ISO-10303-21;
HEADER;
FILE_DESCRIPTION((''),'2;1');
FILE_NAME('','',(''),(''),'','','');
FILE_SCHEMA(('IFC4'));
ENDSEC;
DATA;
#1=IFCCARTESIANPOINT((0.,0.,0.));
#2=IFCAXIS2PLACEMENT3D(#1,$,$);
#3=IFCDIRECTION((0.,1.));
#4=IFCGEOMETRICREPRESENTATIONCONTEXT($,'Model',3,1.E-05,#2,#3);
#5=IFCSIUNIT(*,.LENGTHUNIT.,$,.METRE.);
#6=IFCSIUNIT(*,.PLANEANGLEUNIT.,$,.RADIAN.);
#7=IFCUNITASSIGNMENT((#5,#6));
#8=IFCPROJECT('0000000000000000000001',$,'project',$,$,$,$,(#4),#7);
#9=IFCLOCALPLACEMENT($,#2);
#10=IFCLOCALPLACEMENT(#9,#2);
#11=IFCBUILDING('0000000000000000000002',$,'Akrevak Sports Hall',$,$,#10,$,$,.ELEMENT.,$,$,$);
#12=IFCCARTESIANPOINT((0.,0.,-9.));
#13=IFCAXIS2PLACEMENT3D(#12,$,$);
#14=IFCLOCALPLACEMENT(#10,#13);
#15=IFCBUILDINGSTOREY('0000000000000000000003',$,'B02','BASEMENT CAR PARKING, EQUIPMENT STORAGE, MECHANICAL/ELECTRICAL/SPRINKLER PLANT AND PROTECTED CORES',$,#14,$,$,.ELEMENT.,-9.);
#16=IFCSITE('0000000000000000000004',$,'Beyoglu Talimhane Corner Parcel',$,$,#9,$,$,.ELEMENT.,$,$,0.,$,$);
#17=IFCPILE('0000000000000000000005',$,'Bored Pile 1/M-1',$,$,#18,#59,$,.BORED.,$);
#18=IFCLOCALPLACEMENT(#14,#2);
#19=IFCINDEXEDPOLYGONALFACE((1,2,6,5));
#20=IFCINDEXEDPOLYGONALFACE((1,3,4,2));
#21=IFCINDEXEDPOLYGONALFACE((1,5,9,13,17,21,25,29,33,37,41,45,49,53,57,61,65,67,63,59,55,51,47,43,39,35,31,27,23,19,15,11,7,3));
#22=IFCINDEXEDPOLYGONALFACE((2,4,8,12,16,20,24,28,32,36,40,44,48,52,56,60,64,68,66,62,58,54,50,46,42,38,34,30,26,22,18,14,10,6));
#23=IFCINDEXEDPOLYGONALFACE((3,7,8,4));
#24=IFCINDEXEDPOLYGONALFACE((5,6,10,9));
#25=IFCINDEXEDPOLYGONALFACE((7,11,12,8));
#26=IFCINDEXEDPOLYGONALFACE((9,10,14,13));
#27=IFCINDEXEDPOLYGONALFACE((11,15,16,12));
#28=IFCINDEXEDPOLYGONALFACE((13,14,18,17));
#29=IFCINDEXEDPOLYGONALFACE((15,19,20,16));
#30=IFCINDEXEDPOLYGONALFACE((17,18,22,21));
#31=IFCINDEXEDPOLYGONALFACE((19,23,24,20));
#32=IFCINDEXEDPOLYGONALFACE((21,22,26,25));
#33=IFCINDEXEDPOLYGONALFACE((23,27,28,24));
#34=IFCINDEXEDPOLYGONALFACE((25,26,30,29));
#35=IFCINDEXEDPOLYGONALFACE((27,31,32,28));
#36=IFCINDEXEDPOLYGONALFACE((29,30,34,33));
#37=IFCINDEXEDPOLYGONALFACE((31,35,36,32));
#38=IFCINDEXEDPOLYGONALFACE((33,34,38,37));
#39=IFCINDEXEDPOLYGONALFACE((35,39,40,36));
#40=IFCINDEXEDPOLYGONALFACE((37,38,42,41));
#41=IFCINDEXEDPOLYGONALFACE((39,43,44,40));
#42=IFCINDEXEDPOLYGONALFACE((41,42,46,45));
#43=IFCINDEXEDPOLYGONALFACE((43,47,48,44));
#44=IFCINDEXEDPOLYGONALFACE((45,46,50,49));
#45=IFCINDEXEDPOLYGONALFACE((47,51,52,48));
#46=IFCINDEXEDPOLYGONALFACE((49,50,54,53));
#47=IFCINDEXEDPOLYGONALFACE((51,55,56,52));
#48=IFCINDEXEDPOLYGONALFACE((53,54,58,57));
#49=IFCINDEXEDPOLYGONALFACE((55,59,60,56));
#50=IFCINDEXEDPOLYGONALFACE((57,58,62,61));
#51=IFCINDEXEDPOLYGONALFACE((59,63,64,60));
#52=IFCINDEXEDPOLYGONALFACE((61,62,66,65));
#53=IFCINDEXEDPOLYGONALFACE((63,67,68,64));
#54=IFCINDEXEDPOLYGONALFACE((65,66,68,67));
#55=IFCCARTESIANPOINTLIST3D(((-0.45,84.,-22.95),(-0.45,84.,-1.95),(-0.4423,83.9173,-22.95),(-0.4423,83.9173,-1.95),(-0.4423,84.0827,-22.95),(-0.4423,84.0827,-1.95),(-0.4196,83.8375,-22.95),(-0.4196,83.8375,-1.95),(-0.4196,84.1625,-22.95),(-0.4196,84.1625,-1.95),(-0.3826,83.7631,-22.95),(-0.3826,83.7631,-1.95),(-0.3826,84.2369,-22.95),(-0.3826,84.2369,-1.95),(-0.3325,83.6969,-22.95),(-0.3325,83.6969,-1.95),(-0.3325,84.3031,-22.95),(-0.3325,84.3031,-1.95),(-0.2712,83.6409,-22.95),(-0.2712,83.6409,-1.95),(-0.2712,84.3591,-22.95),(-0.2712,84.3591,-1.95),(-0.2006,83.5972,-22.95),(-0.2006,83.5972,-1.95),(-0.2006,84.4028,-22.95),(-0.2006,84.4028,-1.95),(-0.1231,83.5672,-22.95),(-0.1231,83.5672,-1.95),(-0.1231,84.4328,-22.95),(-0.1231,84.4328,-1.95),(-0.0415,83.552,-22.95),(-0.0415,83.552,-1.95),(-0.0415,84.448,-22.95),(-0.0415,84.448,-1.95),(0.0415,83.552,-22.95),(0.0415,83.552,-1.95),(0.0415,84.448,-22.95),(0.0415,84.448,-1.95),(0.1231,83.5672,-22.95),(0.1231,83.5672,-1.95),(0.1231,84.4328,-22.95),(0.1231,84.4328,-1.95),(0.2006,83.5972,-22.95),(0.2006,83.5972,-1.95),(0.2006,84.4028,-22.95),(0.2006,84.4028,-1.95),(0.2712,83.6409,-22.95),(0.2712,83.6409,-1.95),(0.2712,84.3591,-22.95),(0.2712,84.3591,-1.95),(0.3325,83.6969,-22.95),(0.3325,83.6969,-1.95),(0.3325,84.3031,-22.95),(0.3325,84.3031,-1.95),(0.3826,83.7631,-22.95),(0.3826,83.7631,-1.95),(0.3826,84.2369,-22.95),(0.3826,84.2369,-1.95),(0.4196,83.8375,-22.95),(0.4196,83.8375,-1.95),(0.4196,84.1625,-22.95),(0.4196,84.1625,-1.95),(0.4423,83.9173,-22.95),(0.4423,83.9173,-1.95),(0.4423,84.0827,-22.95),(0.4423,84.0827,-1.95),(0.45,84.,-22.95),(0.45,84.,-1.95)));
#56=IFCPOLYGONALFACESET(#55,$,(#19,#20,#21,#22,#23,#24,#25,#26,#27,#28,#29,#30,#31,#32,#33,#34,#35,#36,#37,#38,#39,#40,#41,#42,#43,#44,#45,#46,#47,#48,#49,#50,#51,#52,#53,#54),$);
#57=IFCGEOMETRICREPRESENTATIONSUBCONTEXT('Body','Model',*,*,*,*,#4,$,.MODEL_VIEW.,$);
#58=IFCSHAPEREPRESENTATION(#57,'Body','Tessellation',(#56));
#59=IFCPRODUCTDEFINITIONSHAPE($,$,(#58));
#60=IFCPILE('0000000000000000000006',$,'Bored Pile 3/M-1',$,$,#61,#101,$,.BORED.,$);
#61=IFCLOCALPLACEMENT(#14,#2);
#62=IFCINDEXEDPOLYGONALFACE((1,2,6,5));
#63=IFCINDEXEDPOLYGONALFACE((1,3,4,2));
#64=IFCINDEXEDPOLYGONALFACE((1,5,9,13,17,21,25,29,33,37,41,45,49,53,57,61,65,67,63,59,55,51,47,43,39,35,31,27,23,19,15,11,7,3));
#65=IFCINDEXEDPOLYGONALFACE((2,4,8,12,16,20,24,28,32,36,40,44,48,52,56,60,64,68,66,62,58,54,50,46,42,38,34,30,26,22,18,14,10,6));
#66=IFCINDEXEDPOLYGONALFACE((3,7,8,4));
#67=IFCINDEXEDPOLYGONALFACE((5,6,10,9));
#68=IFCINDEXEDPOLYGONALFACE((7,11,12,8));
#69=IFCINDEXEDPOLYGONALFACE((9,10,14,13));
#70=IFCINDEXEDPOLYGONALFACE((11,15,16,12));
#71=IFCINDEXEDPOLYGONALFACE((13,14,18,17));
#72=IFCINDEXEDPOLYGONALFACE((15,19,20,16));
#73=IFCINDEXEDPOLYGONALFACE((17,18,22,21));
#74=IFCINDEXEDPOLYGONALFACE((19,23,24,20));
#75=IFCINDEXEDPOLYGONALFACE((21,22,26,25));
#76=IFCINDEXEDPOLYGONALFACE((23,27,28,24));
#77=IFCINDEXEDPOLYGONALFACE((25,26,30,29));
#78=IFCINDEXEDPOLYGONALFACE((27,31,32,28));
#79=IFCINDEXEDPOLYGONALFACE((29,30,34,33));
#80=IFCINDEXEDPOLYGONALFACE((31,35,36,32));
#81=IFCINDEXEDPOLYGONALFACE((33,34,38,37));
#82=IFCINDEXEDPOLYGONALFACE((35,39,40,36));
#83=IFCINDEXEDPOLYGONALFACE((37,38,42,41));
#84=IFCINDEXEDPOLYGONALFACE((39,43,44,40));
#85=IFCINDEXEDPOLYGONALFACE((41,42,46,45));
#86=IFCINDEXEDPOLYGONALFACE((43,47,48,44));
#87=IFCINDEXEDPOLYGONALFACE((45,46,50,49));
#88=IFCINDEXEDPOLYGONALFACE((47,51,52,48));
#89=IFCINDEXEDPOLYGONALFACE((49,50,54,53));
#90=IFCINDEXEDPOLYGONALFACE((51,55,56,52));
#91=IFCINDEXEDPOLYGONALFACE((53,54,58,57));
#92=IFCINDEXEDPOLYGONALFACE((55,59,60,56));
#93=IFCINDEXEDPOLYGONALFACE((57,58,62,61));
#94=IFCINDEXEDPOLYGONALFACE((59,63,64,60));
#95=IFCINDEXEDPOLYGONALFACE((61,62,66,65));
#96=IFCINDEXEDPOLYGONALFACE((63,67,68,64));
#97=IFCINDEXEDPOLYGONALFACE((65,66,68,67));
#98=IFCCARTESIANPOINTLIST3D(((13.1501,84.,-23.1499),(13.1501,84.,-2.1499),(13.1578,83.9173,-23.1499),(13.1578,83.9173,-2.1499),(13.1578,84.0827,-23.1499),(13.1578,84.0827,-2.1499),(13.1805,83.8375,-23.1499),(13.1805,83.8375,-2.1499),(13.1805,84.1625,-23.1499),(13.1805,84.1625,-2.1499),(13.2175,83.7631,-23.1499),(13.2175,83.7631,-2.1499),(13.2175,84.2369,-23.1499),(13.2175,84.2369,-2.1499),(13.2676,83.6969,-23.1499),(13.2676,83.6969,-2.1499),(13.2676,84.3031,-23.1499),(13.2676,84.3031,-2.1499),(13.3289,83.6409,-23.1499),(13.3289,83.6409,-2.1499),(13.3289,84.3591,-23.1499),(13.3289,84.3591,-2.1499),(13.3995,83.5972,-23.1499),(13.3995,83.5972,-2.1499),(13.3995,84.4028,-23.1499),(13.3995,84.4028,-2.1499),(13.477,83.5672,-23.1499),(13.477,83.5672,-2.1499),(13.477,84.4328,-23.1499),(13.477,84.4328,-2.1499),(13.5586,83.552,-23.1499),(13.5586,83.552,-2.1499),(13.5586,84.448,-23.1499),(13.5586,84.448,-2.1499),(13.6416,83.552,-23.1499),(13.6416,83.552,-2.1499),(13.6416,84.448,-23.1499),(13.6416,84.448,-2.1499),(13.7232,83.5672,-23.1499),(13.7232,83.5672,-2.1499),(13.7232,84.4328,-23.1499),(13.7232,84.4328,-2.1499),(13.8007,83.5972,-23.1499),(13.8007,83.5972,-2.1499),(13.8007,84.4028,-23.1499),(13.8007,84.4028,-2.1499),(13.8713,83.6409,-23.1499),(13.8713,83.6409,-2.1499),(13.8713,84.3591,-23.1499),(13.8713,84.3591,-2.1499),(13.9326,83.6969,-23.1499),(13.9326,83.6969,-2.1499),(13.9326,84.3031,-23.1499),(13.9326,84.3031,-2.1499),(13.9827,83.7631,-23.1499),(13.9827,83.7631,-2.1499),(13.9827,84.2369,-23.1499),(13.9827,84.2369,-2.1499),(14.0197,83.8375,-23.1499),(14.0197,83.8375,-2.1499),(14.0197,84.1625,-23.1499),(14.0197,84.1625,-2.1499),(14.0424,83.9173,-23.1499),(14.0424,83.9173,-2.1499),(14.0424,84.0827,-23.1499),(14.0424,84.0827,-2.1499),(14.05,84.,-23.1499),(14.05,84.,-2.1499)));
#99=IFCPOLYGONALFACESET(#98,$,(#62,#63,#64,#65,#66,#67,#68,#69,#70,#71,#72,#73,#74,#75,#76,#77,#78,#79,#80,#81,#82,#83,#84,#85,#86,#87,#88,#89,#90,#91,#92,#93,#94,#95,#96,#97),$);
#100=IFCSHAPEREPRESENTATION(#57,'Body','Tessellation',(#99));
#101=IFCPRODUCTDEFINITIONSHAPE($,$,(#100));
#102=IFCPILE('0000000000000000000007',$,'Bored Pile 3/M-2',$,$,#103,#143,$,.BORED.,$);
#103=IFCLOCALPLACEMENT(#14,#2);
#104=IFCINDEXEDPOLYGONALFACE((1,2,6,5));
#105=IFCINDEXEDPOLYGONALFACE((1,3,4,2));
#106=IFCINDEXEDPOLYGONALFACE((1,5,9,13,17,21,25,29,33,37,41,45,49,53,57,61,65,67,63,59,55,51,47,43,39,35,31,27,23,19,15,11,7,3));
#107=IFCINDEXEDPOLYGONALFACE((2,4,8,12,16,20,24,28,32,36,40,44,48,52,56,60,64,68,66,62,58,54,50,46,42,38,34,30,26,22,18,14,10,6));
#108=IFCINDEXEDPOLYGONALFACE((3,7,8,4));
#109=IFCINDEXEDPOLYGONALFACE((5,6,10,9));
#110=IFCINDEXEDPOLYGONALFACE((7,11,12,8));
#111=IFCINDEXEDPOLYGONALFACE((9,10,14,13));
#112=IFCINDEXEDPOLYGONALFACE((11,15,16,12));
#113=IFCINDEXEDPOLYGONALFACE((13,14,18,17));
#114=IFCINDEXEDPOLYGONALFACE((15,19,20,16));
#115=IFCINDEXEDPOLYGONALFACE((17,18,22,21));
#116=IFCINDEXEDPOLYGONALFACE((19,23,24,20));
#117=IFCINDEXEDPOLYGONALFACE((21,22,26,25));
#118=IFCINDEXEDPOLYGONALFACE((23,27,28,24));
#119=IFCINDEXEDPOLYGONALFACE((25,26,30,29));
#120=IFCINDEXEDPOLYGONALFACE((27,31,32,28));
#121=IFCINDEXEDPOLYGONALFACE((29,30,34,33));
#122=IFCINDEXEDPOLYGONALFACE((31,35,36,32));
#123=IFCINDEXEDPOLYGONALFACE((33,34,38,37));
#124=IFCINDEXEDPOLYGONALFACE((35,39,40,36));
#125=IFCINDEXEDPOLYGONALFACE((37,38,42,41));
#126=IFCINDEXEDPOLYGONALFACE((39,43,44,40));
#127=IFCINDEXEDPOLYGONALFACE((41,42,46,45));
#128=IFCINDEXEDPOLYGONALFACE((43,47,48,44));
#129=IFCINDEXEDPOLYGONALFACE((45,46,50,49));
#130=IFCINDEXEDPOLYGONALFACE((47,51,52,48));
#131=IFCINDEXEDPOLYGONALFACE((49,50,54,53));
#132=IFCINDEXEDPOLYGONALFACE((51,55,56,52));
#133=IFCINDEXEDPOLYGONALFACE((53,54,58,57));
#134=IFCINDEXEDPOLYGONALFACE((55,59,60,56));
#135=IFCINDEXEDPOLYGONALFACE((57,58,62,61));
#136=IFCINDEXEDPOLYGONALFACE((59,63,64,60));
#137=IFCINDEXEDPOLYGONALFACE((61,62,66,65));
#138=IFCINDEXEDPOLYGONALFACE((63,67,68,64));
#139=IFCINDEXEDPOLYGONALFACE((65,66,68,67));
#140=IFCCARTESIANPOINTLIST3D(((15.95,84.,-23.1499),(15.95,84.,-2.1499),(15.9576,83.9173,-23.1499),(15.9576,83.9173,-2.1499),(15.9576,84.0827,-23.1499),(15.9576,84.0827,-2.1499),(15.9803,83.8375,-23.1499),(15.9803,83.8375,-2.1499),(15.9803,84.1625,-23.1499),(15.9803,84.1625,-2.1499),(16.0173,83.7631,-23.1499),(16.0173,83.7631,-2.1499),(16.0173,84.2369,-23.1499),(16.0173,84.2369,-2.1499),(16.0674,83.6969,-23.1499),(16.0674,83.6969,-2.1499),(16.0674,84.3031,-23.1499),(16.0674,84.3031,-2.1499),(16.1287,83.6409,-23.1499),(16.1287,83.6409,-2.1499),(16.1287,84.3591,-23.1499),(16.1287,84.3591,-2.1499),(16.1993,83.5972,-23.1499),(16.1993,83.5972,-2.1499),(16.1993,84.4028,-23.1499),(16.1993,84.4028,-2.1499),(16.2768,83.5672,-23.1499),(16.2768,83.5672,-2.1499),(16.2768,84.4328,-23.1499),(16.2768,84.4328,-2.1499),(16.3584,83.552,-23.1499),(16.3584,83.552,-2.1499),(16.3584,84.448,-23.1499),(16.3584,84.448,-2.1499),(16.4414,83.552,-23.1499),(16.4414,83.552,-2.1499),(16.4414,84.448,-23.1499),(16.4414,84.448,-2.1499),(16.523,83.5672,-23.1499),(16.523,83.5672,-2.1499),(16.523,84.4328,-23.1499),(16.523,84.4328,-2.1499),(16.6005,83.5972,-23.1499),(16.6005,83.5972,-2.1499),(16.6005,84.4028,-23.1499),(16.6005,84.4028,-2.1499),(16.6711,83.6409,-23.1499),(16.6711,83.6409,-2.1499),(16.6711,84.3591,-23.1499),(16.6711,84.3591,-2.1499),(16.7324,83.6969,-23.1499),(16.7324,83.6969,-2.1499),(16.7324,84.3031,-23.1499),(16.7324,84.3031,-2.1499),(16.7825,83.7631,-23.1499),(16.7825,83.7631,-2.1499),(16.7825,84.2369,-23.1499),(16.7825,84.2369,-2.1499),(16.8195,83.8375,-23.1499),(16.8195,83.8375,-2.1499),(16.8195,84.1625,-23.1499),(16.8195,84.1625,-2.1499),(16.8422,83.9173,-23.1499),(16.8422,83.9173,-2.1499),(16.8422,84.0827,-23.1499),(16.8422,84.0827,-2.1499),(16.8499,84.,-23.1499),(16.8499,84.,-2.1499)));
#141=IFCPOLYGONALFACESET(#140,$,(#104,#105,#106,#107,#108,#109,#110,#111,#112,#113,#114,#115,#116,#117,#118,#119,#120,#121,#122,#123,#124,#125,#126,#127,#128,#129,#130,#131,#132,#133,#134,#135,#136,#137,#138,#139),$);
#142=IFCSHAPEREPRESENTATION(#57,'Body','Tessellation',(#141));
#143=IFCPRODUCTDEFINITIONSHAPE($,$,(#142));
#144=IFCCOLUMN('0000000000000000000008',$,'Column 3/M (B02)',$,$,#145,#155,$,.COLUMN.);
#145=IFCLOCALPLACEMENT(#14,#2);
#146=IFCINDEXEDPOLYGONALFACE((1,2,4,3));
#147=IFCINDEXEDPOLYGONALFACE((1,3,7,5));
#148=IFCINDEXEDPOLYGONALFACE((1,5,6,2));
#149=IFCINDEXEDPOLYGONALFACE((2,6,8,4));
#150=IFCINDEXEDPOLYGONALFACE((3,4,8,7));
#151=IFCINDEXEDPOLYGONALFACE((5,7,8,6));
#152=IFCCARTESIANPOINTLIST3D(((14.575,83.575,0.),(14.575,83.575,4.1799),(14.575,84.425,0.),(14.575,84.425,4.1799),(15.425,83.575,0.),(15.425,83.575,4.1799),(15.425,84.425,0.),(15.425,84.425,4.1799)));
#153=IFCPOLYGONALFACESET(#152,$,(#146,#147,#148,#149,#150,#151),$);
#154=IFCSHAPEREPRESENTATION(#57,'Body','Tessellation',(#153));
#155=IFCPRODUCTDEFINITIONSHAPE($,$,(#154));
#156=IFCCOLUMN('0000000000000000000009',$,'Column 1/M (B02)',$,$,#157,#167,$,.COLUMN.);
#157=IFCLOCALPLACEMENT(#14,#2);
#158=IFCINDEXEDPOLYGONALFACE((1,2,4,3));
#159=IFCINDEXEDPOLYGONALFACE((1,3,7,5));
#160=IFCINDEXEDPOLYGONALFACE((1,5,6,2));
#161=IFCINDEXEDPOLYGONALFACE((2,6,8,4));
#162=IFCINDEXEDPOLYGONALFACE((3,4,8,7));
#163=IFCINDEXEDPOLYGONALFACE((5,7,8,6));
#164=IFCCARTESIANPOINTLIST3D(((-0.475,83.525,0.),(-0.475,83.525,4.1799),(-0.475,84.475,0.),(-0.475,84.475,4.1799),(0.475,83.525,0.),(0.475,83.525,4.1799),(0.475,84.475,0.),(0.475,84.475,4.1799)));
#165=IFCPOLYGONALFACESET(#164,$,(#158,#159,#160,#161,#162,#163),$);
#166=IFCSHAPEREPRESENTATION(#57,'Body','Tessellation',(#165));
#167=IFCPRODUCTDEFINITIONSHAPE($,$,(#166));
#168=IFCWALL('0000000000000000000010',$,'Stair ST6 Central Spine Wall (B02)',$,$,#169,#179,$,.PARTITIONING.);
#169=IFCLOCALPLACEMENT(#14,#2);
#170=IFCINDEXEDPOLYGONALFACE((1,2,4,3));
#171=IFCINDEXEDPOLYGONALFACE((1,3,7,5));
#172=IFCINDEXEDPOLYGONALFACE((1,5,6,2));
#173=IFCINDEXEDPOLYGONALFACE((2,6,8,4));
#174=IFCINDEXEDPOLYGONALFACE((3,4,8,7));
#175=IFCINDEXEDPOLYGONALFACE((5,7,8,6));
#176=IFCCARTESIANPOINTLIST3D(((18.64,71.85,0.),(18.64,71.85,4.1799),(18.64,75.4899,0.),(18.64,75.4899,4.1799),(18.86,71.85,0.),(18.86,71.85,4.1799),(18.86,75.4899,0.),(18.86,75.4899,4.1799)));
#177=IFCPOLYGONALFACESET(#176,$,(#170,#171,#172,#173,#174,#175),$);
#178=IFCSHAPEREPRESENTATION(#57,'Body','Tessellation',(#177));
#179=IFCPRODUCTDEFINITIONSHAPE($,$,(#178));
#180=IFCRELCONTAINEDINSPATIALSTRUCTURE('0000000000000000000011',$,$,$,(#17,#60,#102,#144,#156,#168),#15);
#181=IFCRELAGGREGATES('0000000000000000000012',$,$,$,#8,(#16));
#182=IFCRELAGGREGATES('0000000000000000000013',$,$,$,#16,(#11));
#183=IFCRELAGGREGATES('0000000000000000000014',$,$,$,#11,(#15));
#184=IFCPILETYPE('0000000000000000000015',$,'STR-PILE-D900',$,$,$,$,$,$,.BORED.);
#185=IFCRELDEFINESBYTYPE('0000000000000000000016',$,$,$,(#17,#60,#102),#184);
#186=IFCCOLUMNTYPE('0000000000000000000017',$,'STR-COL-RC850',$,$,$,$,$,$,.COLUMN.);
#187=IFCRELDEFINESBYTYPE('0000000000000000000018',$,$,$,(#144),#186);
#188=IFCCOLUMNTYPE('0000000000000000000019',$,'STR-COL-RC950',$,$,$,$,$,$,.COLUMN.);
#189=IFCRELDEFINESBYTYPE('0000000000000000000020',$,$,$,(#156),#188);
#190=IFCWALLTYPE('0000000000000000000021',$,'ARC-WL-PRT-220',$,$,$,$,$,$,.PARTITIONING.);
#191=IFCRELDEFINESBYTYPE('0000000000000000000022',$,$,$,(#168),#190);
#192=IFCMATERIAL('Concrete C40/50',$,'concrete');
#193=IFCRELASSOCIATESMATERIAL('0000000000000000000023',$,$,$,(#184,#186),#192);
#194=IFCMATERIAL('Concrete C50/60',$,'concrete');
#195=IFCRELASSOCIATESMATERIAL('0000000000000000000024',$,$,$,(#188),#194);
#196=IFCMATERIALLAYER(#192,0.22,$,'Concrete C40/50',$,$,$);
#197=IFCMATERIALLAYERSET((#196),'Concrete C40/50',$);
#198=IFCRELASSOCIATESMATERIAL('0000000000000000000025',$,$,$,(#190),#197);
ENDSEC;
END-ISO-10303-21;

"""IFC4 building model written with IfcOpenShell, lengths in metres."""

from ifc_helpers import new_model, si_unit, direction, frame, frame_2d, origin, origin_2d, place, context, subcontext, project, spatial, rectangle, circle, extrude, material, layer, layer_set, material_profile, profile_set, type_object, element, save


model = new_model("IFC4")

# Units and contexts
model_context = context("Model", 3, precision=1e-05, world=origin(), true_north=direction((0.0, 1.0)))
body_context = subcontext(model_context, "Body", "Model", "MODEL_VIEW")
ifc_project = project(units=[si_unit("LENGTHUNIT", "METRE"), si_unit("PLANEANGLEUNIT", "RADIAN")], contexts=[model_context])

# Site, building, storey
site_placement = place(None, origin())
site = spatial("IfcSite", under=ifc_project, at=site_placement, Name="Beyoglu Talimhane Corner Parcel", CompositionType="ELEMENT", RefElevation=0.0)
building_placement = place(site_placement, origin())
building = spatial("IfcBuilding", under=site, at=building_placement, Name="Akrevak Sports Hall", CompositionType="ELEMENT")
storey_placement = place(building_placement, frame((0.0, 0.0, -9.0)))
storey = spatial("IfcBuildingStorey", under=building, at=storey_placement, Name="B02", Description="BASEMENT CAR PARKING, EQUIPMENT STORAGE, MECHANICAL/ELECTRICAL/SPRINKLER PLANT AND PROTECTED CORES", CompositionType="ELEMENT", Elevation=-9.0)

# Shared definitions
ifc_material_1 = material(Name="Concrete C40/50", Category="concrete")

# Piles
ifc_material_profile_1 = material_profile(ifc_material_1, circle(Radius=0.45, at=origin_2d()), Name="BORED PILE D900", Category="concrete")
ifc_profile_set_1 = profile_set([ifc_material_profile_1], Name="Concrete C40/50")
pile_type_1 = type_object("IfcPileType", Name="STR-PILE-D900", PredefinedType="BORED", material=ifc_profile_set_1)
for number, where, z_axis, x_axis, name in (
    (1, (0.0, 84.0, -1.95), (0.0, 0.0, -1.0), (1.0, 0.0, 0.0), "Bored Pile 1/M-1"),
    (2, (13.6001, 84.0, -2.1499), (0.0, 0.0, -1.0), (1.0, 0.0, 0.0), "Bored Pile 3/M-1"),
    (3, (16.3999, 84.0, -2.1499), (0.0, 0.0, -1.0), (1.0, 0.0, 0.0), "Bored Pile 3/M-2"),
):
    element("IfcPile", number, at=place(storey_placement, frame(where, z_axis=z_axis, x_axis=x_axis)), inside=storey, type_object=pile_type_1, Name=name, PredefinedType="BORED", context=body_context, shape_type="SweptSolid", body=[
        extrude(circle(Radius=0.45, at=origin_2d()), origin(), (0.0, 0.0, 1.0), 21.0),
    ])

# Columns
ifc_material_profile_2 = material_profile(ifc_material_1, rectangle(XDim=0.8501, YDim=0.8501, at=origin_2d()), Name="RC 850x850", Category="concrete")
ifc_profile_set_2 = profile_set([ifc_material_profile_2], Name="Concrete C40/50")
column_type_1 = type_object("IfcColumnType", Name="STR-COL-RC850", PredefinedType="COLUMN", material=ifc_profile_set_2)
column_1_placement = place(storey_placement, frame((15.0, 84.0, 0.0), z_axis=(0.0, 0.0, 1.0), x_axis=(1.0, 0.0, 0.0)))
element("IfcColumn", 4, at=column_1_placement, inside=storey, type_object=column_type_1, Name="Column 3/M (B02)", PredefinedType="COLUMN", context=body_context, shape_type="SweptSolid", body=[
    extrude(rectangle(XDim=0.8501, YDim=0.8501, at=origin_2d()), origin(), (0.0, 0.0, 1.0), 4.1799),
])
ifc_material_2 = material(Name="Concrete C50/60", Category="concrete")
ifc_material_profile_3 = material_profile(ifc_material_2, rectangle(XDim=0.95, YDim=0.95, at=origin_2d()), Name="RC 950x950", Category="concrete")
ifc_profile_set_3 = profile_set([ifc_material_profile_3], Name="Concrete C50/60")
column_type_2 = type_object("IfcColumnType", Name="STR-COL-RC950", PredefinedType="COLUMN", material=ifc_profile_set_3)
column_2_placement = place(storey_placement, frame((0.0, 84.0, 0.0), z_axis=(0.0, 0.0, 1.0), x_axis=(1.0, 0.0, 0.0)))
element("IfcColumn", 5, at=column_2_placement, inside=storey, type_object=column_type_2, Name="Column 1/M (B02)", PredefinedType="COLUMN", context=body_context, shape_type="SweptSolid", body=[
    extrude(rectangle(XDim=0.95, YDim=0.95, at=origin_2d()), origin(), (0.0, 0.0, 1.0), 4.1799),
])

# Wall
ifc_layer_1 = layer(ifc_material_1, 0.22, Name="Concrete C40/50")
ifc_layer_set_1 = layer_set([ifc_layer_1], Name="Concrete C40/50")
wall_type_1 = type_object("IfcWallType", Name="ARC-WL-PRT-220", PredefinedType="PARTITIONING", material=ifc_layer_set_1)
wall_1_placement = place(storey_placement, frame((18.75, 71.8501, 0.0), z_axis=(0.0, 0.0, 1.0), x_axis=(0.0, 1.0, 0.0)))
element("IfcWall", 6, at=wall_1_placement, inside=storey, type_object=wall_type_1, Name="Stair ST6 Central Spine Wall (B02)", PredefinedType="PARTITIONING", context=body_context, shape_type="SweptSolid", body=[
    extrude(rectangle(XDim=3.6399, YDim=0.22, at=frame_2d((1.8198, 0.0))), origin(), (0.0, 0.0, 1.0), 4.1799),
])

save(model, "model.ifc")
